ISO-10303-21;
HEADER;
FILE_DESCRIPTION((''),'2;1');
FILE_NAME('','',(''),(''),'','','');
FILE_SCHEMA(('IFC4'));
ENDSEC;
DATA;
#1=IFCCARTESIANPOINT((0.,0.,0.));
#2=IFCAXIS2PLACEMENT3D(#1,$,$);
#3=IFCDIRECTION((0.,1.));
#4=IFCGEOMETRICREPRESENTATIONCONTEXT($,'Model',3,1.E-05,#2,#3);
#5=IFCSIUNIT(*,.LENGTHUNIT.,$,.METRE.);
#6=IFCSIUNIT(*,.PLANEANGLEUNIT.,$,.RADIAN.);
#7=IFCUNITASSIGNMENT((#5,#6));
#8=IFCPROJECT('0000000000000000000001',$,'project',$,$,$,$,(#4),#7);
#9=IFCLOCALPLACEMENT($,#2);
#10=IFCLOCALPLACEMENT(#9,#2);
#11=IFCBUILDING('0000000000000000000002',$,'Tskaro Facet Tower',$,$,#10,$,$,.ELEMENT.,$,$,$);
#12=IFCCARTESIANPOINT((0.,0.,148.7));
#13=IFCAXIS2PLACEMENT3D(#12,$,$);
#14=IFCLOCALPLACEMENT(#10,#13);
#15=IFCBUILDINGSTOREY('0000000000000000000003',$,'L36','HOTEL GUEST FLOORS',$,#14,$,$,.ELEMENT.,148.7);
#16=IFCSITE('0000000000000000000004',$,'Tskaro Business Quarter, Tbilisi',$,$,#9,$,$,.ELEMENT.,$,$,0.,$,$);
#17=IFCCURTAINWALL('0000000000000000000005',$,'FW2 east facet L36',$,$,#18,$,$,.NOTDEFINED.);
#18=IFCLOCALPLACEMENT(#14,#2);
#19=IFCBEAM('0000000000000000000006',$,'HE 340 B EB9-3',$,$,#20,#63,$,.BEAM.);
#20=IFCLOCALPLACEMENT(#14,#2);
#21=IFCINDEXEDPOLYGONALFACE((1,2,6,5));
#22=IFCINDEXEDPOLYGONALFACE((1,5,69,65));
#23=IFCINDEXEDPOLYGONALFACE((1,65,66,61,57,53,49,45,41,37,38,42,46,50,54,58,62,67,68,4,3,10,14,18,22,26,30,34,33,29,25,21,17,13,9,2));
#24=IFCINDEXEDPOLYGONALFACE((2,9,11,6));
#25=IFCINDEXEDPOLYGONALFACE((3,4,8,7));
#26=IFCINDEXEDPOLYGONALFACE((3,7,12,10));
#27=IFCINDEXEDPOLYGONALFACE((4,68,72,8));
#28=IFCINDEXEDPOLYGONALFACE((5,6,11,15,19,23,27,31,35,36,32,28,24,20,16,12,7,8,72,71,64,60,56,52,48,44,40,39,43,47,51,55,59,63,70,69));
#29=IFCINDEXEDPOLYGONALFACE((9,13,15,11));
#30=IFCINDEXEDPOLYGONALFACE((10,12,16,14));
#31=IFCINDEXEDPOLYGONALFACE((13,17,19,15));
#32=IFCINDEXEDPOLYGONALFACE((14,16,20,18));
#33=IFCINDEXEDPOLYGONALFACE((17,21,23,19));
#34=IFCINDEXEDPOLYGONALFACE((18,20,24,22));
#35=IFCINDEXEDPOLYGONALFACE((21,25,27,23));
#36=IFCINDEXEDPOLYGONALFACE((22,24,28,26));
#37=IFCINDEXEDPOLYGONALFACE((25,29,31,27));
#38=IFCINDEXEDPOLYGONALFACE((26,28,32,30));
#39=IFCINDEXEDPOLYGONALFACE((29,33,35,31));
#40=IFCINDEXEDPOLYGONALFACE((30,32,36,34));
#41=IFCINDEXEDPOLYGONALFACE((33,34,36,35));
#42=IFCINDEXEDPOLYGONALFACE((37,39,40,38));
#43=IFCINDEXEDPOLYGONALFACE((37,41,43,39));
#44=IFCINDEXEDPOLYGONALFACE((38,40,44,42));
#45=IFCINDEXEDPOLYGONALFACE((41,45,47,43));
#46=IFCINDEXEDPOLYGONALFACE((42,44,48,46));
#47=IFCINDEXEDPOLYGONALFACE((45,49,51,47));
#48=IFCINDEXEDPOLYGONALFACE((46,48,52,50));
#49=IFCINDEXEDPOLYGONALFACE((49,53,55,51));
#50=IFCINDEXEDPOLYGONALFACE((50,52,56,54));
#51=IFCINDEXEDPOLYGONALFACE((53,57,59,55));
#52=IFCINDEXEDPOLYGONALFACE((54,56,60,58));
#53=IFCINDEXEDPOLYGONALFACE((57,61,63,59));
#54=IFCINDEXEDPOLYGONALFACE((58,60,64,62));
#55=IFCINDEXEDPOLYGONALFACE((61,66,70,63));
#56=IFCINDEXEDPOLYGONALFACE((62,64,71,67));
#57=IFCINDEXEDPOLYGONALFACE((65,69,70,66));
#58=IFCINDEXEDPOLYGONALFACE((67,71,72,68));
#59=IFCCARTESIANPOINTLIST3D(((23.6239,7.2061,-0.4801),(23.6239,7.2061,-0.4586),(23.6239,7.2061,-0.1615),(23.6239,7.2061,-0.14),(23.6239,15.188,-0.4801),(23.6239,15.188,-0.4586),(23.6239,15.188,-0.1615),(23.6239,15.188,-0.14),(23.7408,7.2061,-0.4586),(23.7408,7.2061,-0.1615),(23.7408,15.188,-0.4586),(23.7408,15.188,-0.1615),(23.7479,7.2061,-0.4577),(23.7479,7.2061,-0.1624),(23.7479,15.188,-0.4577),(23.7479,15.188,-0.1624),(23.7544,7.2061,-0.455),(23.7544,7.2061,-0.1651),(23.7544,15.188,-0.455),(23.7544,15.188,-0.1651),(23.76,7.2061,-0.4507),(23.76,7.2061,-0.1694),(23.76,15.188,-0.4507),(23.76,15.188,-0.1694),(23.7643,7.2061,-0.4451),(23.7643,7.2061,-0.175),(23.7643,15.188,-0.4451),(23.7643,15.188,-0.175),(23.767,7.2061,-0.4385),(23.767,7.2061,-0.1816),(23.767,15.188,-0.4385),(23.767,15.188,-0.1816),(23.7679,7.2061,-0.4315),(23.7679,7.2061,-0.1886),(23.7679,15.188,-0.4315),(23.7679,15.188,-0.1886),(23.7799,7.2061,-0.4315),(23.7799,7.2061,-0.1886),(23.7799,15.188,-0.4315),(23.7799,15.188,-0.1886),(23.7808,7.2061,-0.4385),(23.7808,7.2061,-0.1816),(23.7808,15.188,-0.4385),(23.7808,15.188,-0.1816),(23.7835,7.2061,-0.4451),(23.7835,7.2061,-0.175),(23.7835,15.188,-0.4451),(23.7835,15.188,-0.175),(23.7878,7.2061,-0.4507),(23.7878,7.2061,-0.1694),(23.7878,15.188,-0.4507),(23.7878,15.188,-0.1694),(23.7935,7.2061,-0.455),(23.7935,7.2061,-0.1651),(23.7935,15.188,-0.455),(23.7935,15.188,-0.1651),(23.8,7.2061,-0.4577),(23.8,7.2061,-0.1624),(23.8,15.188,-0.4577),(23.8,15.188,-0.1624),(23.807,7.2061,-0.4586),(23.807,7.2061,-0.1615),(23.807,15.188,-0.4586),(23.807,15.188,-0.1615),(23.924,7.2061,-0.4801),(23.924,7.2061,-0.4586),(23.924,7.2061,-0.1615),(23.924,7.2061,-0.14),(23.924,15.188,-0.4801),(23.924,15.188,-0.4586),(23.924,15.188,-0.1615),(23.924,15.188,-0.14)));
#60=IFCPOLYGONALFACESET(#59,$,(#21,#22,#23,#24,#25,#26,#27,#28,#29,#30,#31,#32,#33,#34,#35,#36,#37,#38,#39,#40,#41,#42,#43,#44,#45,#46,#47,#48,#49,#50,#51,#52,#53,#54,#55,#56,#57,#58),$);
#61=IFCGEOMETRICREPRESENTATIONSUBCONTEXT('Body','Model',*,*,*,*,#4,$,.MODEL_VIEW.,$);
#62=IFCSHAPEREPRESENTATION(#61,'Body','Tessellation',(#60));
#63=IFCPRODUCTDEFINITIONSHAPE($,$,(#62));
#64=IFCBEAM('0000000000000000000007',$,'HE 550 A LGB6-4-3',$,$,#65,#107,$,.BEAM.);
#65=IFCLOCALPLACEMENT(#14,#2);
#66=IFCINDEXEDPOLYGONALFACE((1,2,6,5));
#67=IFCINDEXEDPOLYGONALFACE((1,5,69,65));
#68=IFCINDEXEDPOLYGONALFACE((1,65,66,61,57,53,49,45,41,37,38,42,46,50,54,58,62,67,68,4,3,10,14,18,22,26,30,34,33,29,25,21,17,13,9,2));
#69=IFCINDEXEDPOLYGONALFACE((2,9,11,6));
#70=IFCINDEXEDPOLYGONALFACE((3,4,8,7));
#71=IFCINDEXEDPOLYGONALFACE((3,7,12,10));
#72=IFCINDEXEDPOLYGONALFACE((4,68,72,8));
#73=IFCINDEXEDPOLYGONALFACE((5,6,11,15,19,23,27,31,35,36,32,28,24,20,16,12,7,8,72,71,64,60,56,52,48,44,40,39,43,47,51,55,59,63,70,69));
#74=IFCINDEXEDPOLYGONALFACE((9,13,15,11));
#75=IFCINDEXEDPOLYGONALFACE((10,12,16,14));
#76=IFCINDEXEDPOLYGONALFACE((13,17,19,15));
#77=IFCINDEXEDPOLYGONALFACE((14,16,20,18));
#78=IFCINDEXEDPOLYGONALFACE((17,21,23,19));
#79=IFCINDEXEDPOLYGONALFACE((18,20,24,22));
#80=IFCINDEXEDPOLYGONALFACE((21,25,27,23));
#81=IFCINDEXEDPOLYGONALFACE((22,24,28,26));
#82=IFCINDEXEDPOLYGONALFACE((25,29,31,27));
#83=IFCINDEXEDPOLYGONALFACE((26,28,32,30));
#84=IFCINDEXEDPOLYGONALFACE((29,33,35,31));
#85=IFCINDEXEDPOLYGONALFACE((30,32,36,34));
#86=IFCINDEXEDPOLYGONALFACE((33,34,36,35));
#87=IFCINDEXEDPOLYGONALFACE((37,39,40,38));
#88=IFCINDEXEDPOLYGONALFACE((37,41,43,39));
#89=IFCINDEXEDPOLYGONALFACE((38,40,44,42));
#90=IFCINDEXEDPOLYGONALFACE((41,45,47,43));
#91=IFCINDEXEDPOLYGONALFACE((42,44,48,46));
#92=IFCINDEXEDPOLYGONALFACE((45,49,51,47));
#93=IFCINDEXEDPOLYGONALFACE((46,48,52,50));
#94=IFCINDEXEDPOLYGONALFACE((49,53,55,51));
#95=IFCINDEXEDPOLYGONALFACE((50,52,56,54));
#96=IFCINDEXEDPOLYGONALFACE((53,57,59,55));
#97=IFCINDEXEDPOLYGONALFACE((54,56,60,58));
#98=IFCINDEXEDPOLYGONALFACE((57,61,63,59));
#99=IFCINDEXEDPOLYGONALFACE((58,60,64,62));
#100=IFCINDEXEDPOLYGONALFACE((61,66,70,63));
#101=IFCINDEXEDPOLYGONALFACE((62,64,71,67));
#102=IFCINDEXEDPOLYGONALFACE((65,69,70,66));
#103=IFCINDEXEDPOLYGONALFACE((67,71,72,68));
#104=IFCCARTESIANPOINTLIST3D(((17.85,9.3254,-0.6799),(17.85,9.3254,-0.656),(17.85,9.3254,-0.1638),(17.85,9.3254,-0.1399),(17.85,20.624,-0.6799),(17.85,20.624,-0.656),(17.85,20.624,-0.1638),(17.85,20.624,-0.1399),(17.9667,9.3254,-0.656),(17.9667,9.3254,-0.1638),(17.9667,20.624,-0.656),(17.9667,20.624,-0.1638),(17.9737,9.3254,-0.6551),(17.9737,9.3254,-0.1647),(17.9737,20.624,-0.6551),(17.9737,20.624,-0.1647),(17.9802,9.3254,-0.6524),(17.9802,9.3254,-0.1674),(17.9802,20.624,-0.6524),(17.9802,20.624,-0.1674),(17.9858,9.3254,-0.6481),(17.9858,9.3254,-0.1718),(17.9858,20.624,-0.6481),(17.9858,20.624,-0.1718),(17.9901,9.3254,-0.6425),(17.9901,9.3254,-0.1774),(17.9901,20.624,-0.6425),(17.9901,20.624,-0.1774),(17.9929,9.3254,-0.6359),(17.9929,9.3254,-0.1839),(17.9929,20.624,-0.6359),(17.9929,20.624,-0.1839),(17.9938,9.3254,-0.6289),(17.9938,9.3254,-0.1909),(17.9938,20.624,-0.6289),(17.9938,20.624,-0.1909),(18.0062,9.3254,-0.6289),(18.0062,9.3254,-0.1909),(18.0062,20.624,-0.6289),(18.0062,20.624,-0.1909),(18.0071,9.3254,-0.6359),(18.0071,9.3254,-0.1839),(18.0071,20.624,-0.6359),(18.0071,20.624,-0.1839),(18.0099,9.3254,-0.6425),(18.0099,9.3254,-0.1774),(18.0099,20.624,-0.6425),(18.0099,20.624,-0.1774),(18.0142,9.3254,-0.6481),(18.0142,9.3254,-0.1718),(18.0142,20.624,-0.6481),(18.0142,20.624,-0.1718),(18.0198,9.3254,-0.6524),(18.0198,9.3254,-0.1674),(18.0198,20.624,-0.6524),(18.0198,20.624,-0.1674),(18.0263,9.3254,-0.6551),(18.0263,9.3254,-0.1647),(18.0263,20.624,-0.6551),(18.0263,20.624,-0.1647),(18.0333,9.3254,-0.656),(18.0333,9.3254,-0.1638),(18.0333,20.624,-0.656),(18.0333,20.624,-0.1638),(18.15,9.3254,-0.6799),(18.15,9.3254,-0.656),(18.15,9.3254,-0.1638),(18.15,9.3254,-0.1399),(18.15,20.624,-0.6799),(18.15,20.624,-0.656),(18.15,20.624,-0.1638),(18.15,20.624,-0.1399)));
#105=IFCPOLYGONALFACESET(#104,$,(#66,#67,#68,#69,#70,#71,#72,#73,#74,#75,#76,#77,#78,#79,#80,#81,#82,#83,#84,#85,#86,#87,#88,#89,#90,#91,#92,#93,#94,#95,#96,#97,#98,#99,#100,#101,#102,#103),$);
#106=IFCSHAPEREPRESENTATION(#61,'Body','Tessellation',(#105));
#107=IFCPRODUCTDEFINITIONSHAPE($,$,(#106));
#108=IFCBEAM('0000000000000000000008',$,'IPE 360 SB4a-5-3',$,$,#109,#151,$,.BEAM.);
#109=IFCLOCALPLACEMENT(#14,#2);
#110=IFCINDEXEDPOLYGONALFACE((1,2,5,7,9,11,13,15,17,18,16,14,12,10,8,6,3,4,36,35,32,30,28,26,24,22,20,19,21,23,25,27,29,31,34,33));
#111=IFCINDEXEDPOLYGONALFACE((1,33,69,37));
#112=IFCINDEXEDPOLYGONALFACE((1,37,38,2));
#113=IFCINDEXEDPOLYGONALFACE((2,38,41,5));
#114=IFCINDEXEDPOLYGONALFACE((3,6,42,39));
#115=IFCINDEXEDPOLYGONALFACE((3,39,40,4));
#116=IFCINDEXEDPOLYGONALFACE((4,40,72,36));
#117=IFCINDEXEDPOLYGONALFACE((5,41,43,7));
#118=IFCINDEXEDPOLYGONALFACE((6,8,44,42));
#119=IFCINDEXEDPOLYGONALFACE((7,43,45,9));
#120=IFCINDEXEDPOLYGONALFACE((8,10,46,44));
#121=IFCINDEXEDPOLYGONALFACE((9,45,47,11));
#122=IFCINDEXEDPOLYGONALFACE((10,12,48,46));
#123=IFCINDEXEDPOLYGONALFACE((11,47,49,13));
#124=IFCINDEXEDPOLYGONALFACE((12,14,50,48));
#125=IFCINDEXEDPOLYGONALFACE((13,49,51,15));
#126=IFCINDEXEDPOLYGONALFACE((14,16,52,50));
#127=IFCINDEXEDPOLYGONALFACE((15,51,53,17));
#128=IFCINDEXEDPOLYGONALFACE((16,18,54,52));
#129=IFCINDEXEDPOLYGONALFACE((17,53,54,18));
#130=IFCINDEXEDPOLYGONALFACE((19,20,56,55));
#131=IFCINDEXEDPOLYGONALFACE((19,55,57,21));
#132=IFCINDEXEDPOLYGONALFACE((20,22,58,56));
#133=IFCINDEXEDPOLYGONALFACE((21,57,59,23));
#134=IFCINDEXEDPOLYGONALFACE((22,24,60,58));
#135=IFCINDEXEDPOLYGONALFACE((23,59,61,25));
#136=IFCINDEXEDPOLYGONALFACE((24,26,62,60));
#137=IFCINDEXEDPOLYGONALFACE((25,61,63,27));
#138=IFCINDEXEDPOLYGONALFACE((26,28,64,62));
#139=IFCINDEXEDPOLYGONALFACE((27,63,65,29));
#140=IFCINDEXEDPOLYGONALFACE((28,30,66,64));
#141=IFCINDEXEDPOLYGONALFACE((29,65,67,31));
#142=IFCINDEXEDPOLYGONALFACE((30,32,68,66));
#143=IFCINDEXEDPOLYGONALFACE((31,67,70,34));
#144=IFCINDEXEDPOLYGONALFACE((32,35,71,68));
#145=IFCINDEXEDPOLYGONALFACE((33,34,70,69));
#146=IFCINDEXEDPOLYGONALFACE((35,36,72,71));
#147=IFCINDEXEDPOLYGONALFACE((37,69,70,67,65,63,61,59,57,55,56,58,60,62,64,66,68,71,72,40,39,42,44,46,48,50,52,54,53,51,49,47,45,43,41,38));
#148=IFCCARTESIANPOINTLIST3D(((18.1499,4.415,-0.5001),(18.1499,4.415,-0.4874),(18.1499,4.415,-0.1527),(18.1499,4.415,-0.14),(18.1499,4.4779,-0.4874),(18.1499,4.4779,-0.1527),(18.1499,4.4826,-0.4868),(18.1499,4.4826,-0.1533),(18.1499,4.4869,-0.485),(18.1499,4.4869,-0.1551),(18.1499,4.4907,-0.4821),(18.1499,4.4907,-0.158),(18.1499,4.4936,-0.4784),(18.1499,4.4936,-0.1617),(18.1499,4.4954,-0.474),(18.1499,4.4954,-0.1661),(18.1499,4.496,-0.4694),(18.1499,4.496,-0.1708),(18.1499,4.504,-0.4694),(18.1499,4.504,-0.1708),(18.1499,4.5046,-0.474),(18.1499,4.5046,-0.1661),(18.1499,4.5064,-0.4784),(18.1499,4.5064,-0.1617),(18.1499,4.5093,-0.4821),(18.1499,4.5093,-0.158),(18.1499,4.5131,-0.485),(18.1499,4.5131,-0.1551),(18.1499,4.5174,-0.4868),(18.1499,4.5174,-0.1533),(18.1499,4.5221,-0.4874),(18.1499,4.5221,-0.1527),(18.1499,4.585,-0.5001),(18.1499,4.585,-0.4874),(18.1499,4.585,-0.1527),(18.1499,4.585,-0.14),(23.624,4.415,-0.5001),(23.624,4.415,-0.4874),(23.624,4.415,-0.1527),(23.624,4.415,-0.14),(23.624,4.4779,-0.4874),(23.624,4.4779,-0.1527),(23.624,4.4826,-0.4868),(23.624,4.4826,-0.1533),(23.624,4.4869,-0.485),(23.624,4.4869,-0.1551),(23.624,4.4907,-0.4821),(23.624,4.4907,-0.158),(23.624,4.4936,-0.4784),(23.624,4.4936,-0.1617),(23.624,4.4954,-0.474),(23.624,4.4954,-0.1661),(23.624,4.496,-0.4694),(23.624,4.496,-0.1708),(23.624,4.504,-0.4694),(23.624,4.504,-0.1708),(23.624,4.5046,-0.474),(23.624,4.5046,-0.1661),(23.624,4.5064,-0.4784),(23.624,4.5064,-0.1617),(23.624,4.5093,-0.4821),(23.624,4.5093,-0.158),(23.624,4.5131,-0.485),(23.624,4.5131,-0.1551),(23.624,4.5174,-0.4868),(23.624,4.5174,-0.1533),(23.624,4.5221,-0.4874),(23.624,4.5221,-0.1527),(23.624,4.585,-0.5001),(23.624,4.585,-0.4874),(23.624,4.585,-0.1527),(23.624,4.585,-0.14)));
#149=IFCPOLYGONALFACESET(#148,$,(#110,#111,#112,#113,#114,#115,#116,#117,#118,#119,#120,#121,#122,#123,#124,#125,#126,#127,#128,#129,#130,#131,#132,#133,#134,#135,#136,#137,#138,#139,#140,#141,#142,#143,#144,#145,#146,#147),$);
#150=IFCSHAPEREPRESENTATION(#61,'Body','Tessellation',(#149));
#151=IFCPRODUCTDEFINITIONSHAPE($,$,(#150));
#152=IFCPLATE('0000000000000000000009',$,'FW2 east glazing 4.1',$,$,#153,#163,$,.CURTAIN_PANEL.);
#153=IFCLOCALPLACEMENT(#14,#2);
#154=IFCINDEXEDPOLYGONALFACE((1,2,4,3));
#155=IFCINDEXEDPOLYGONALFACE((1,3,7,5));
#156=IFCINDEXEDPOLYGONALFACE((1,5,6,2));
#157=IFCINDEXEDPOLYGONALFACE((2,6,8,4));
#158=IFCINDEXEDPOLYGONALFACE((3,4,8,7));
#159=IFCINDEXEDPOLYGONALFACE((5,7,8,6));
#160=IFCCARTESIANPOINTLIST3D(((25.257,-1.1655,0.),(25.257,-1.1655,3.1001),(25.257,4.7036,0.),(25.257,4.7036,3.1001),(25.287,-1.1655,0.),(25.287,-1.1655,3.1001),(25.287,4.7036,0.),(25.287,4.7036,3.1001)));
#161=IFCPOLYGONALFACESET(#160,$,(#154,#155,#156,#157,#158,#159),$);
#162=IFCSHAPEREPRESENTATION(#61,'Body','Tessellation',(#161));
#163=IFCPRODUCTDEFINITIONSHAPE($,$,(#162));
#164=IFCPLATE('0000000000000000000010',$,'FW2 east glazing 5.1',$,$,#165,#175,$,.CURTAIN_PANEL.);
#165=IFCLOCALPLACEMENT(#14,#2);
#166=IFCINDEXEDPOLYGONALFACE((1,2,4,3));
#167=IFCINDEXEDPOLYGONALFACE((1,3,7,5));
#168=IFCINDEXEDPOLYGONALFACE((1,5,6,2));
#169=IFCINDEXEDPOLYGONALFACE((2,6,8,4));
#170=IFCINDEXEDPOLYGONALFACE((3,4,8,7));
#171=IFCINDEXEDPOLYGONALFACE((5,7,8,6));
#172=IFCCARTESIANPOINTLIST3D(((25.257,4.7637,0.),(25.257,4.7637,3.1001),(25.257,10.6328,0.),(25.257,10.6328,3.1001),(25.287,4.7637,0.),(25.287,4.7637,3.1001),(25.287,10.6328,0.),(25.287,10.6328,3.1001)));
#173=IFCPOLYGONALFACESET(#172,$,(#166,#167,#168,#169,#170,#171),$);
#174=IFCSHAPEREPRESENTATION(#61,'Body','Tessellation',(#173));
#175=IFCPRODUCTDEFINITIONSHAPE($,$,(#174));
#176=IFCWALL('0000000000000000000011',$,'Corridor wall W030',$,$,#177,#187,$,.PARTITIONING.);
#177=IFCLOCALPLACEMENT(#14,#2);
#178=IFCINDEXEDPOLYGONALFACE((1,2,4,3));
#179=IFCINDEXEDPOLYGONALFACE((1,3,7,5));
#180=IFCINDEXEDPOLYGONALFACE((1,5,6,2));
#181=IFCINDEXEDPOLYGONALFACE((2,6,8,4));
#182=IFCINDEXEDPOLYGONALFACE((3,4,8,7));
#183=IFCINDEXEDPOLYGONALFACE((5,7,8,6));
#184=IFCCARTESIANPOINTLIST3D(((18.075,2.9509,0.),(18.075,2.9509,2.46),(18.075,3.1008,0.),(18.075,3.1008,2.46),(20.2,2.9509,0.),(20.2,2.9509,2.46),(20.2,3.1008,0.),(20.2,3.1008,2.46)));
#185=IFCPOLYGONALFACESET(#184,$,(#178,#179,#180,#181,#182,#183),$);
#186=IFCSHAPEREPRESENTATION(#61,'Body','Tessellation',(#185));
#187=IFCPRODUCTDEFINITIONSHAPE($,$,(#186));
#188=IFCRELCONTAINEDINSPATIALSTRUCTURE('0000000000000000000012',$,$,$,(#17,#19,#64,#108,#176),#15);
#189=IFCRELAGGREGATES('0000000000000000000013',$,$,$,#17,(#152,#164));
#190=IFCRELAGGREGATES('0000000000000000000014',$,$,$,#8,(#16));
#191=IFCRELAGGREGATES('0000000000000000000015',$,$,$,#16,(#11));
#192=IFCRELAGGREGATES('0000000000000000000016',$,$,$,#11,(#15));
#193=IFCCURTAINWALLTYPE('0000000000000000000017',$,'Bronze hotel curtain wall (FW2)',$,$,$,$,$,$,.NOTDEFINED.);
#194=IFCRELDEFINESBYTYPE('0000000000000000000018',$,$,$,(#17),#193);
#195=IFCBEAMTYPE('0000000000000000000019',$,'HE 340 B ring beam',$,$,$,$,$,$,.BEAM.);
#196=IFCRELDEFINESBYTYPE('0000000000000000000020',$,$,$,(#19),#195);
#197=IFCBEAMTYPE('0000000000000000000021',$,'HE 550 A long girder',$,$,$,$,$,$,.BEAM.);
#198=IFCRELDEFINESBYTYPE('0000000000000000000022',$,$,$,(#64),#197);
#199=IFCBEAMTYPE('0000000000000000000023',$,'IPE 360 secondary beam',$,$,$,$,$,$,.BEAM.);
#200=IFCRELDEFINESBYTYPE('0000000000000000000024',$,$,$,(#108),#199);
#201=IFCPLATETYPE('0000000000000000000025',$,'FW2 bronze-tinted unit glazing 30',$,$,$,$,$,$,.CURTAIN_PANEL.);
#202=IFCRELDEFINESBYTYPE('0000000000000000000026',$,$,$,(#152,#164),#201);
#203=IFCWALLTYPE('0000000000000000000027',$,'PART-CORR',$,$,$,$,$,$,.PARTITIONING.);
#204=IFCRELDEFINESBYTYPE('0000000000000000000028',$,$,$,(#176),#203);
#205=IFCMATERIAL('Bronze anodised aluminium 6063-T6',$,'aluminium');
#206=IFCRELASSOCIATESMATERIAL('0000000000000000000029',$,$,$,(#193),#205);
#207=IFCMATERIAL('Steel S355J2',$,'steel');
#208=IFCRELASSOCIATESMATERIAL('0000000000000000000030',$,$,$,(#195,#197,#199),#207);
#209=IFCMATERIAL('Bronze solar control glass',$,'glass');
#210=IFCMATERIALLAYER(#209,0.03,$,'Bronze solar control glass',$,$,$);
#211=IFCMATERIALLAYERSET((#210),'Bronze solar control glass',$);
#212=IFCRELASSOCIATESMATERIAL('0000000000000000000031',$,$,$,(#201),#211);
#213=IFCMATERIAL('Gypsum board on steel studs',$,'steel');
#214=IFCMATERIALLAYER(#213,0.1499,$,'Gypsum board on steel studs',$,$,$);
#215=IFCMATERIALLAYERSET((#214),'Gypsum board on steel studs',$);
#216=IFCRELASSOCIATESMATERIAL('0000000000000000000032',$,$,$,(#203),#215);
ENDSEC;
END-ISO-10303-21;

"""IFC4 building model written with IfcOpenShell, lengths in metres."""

from ifc_helpers import new_model, si_unit, direction, frame, frame_2d, origin, origin_2d, place, context, subcontext, project, spatial, rectangle, i_section, extrude, material, layer, layer_set, material_profile, profile_set, type_object, element, aggregate, save


model = new_model("IFC4")

# Units and contexts
model_context = context("Model", 3, precision=1e-05, world=origin(), true_north=direction((0.0, 1.0)))
body_context = subcontext(model_context, "Body", "Model", "MODEL_VIEW")
ifc_project = project(units=[si_unit("LENGTHUNIT", "METRE"), si_unit("PLANEANGLEUNIT", "RADIAN")], contexts=[model_context])

# Site, building, storey
site_placement = place(None, origin())
site = spatial("IfcSite", under=ifc_project, at=site_placement, Name="Tskaro Business Quarter, Tbilisi", CompositionType="ELEMENT", RefElevation=0.0)
building_placement = place(site_placement, origin())
building = spatial("IfcBuilding", under=site, at=building_placement, Name="Tskaro Facet Tower", CompositionType="ELEMENT")
storey_placement = place(building_placement, frame((0.0, 0.0, 148.7)))
storey = spatial("IfcBuildingStorey", under=building, at=storey_placement, Name="L36", Description="HOTEL GUEST FLOORS", CompositionType="ELEMENT", Elevation=148.7)

# Curtain wall
ifc_material_1 = material(Name="Bronze anodised aluminium 6063-T6", Category="aluminium")
curtain_wall_type = type_object("IfcCurtainWallType", Name="Bronze hotel curtain wall (FW2)", PredefinedType="NOTDEFINED", material=ifc_material_1)
curtain_wall_placement = place(storey_placement, origin())
curtain_wall = element("IfcCurtainWall", 1, at=curtain_wall_placement, inside=storey, type_object=curtain_wall_type, Name="FW2 east facet L36", PredefinedType="NOTDEFINED")

# Beams
ifc_material_2 = material(Name="Steel S355J2", Category="steel")
ifc_material_profile_1 = material_profile(ifc_material_2, i_section(OverallWidth=0.3, OverallDepth=0.3401, WebThickness=0.012, FlangeThickness=0.0215, FilletRadius=0.0271, at=origin_2d()), Name="HE 340 B")
ifc_profile_set_1 = profile_set([ifc_material_profile_1], Name="Steel S355J2")
beam_type_1 = type_object("IfcBeamType", Name="HE 340 B ring beam", PredefinedType="BEAM", material=ifc_profile_set_1)
for number, where, z_axis, x_axis, name in (
    (2, (23.7739, 7.2061, -0.3101), (0.0, 1.0, 0.0), (-1.0, 0.0, 0.0), "HE 340 B EB9-3"),
):
    element("IfcBeam", number, at=place(storey_placement, frame(where, z_axis=z_axis, x_axis=x_axis)), inside=storey, type_object=beam_type_1, Name=name, PredefinedType="BEAM", context=body_context, shape_type="SweptSolid", body=[
        extrude(i_section(OverallWidth=0.3, OverallDepth=0.3401, WebThickness=0.012, FlangeThickness=0.0215, FilletRadius=0.0271, at=origin_2d()), origin(), (0.0, 0.0, 1.0), 7.9819),
    ])
ifc_material_profile_2 = material_profile(ifc_material_2, i_section(OverallWidth=0.3, OverallDepth=0.54, WebThickness=0.0125, FlangeThickness=0.0239, FilletRadius=0.0271, at=origin_2d()), Name="HE 550 A")
ifc_profile_set_2 = profile_set([ifc_material_profile_2], Name="Steel S355J2")
beam_type_2 = type_object("IfcBeamType", Name="HE 550 A long girder", PredefinedType="BEAM", material=ifc_profile_set_2)
beam_1_placement = place(storey_placement, frame((18.0, 9.3254, -0.4099), z_axis=(0.0, 1.0, 0.0), x_axis=(-1.0, 0.0, 0.0)))
element("IfcBeam", 3, at=beam_1_placement, inside=storey, type_object=beam_type_2, Name="HE 550 A LGB6-4-3", PredefinedType="BEAM", context=body_context, shape_type="SweptSolid", body=[
    extrude(i_section(OverallWidth=0.3, OverallDepth=0.54, WebThickness=0.0125, FlangeThickness=0.0239, FilletRadius=0.0271, at=origin_2d()), origin(), (0.0, 0.0, 1.0), 11.2986),
])
ifc_material_profile_3 = material_profile(ifc_material_2, i_section(OverallWidth=0.1699, OverallDepth=0.3601, WebThickness=0.0081, FlangeThickness=0.0127, FilletRadius=0.0181, at=origin_2d()), Name="IPE 360")
ifc_profile_set_3 = profile_set([ifc_material_profile_3], Name="Steel S355J2")
beam_type_3 = type_object("IfcBeamType", Name="IPE 360 secondary beam", PredefinedType="BEAM", material=ifc_profile_set_3)
beam_2_placement = place(storey_placement, frame((18.1499, 4.5, -0.3201), z_axis=(1.0, 0.0, 0.0), x_axis=(0.0, 1.0, 0.0)))
element("IfcBeam", 4, at=beam_2_placement, inside=storey, type_object=beam_type_3, Name="IPE 360 SB4a-5-3", PredefinedType="BEAM", context=body_context, shape_type="SweptSolid", body=[
    extrude(i_section(OverallWidth=0.1699, OverallDepth=0.3601, WebThickness=0.0081, FlangeThickness=0.0127, FilletRadius=0.0181, at=origin_2d()), origin(), (0.0, 0.0, 1.0), 5.4741),
])

# Plates
ifc_material_3 = material(Name="Bronze solar control glass", Category="glass")
ifc_layer_1 = layer(ifc_material_3, 0.03, Name="Bronze solar control glass")
ifc_layer_set_1 = layer_set([ifc_layer_1], Name="Bronze solar control glass")
plate_type = type_object("IfcPlateType", Name="FW2 bronze-tinted unit glazing 30", PredefinedType="CURTAIN_PANEL", material=ifc_layer_set_1)
plate_1_placement = place(storey_placement, frame((25.272, 1.769, 0.0), z_axis=(0.0, 0.0, 1.0), x_axis=(0.0, 1.0, 0.0)))
plate_1 = element("IfcPlate", 5, at=plate_1_placement, type_object=plate_type, Name="FW2 east glazing 4.1", PredefinedType="CURTAIN_PANEL", context=body_context, shape_type="SweptSolid", body=[
    extrude(rectangle(XDim=5.8691, YDim=0.03, at=origin_2d()), origin(), (0.0, 0.0, 1.0), 3.1001),
])
plate_2_placement = place(storey_placement, frame((25.272, 7.6982, 0.0), z_axis=(0.0, 0.0, 1.0), x_axis=(0.0, 1.0, 0.0)))
plate_2 = element("IfcPlate", 6, at=plate_2_placement, type_object=plate_type, Name="FW2 east glazing 5.1", PredefinedType="CURTAIN_PANEL", context=body_context, shape_type="SweptSolid", body=[
    extrude(rectangle(XDim=5.8691, YDim=0.03, at=origin_2d()), origin(), (0.0, 0.0, 1.0), 3.1001),
])
aggregate(curtain_wall, [plate_1, plate_2])

# Wall
ifc_material_4 = material(Name="Gypsum board on steel studs", Category="steel")
ifc_layer_2 = layer(ifc_material_4, 0.1499, Name="Gypsum board on steel studs")
ifc_layer_set_2 = layer_set([ifc_layer_2], Name="Gypsum board on steel studs")
wall_type_1 = type_object("IfcWallType", Name="PART-CORR", PredefinedType="PARTITIONING", material=ifc_layer_set_2)
wall_1_placement = place(storey_placement, frame((18.075, 3.0259, 0.0), z_axis=(0.0, 0.0, 1.0), x_axis=(1.0, 0.0, 0.0)))
element("IfcWall", 7, at=wall_1_placement, inside=storey, type_object=wall_type_1, Name="Corridor wall W030", PredefinedType="PARTITIONING", context=body_context, shape_type="SweptSolid", body=[
    extrude(rectangle(XDim=2.125, YDim=0.1499, at=frame_2d((1.0625, 0.0))), origin(), (0.0, 0.0, 1.0), 2.46),
])

save(model, "model.ifc")
